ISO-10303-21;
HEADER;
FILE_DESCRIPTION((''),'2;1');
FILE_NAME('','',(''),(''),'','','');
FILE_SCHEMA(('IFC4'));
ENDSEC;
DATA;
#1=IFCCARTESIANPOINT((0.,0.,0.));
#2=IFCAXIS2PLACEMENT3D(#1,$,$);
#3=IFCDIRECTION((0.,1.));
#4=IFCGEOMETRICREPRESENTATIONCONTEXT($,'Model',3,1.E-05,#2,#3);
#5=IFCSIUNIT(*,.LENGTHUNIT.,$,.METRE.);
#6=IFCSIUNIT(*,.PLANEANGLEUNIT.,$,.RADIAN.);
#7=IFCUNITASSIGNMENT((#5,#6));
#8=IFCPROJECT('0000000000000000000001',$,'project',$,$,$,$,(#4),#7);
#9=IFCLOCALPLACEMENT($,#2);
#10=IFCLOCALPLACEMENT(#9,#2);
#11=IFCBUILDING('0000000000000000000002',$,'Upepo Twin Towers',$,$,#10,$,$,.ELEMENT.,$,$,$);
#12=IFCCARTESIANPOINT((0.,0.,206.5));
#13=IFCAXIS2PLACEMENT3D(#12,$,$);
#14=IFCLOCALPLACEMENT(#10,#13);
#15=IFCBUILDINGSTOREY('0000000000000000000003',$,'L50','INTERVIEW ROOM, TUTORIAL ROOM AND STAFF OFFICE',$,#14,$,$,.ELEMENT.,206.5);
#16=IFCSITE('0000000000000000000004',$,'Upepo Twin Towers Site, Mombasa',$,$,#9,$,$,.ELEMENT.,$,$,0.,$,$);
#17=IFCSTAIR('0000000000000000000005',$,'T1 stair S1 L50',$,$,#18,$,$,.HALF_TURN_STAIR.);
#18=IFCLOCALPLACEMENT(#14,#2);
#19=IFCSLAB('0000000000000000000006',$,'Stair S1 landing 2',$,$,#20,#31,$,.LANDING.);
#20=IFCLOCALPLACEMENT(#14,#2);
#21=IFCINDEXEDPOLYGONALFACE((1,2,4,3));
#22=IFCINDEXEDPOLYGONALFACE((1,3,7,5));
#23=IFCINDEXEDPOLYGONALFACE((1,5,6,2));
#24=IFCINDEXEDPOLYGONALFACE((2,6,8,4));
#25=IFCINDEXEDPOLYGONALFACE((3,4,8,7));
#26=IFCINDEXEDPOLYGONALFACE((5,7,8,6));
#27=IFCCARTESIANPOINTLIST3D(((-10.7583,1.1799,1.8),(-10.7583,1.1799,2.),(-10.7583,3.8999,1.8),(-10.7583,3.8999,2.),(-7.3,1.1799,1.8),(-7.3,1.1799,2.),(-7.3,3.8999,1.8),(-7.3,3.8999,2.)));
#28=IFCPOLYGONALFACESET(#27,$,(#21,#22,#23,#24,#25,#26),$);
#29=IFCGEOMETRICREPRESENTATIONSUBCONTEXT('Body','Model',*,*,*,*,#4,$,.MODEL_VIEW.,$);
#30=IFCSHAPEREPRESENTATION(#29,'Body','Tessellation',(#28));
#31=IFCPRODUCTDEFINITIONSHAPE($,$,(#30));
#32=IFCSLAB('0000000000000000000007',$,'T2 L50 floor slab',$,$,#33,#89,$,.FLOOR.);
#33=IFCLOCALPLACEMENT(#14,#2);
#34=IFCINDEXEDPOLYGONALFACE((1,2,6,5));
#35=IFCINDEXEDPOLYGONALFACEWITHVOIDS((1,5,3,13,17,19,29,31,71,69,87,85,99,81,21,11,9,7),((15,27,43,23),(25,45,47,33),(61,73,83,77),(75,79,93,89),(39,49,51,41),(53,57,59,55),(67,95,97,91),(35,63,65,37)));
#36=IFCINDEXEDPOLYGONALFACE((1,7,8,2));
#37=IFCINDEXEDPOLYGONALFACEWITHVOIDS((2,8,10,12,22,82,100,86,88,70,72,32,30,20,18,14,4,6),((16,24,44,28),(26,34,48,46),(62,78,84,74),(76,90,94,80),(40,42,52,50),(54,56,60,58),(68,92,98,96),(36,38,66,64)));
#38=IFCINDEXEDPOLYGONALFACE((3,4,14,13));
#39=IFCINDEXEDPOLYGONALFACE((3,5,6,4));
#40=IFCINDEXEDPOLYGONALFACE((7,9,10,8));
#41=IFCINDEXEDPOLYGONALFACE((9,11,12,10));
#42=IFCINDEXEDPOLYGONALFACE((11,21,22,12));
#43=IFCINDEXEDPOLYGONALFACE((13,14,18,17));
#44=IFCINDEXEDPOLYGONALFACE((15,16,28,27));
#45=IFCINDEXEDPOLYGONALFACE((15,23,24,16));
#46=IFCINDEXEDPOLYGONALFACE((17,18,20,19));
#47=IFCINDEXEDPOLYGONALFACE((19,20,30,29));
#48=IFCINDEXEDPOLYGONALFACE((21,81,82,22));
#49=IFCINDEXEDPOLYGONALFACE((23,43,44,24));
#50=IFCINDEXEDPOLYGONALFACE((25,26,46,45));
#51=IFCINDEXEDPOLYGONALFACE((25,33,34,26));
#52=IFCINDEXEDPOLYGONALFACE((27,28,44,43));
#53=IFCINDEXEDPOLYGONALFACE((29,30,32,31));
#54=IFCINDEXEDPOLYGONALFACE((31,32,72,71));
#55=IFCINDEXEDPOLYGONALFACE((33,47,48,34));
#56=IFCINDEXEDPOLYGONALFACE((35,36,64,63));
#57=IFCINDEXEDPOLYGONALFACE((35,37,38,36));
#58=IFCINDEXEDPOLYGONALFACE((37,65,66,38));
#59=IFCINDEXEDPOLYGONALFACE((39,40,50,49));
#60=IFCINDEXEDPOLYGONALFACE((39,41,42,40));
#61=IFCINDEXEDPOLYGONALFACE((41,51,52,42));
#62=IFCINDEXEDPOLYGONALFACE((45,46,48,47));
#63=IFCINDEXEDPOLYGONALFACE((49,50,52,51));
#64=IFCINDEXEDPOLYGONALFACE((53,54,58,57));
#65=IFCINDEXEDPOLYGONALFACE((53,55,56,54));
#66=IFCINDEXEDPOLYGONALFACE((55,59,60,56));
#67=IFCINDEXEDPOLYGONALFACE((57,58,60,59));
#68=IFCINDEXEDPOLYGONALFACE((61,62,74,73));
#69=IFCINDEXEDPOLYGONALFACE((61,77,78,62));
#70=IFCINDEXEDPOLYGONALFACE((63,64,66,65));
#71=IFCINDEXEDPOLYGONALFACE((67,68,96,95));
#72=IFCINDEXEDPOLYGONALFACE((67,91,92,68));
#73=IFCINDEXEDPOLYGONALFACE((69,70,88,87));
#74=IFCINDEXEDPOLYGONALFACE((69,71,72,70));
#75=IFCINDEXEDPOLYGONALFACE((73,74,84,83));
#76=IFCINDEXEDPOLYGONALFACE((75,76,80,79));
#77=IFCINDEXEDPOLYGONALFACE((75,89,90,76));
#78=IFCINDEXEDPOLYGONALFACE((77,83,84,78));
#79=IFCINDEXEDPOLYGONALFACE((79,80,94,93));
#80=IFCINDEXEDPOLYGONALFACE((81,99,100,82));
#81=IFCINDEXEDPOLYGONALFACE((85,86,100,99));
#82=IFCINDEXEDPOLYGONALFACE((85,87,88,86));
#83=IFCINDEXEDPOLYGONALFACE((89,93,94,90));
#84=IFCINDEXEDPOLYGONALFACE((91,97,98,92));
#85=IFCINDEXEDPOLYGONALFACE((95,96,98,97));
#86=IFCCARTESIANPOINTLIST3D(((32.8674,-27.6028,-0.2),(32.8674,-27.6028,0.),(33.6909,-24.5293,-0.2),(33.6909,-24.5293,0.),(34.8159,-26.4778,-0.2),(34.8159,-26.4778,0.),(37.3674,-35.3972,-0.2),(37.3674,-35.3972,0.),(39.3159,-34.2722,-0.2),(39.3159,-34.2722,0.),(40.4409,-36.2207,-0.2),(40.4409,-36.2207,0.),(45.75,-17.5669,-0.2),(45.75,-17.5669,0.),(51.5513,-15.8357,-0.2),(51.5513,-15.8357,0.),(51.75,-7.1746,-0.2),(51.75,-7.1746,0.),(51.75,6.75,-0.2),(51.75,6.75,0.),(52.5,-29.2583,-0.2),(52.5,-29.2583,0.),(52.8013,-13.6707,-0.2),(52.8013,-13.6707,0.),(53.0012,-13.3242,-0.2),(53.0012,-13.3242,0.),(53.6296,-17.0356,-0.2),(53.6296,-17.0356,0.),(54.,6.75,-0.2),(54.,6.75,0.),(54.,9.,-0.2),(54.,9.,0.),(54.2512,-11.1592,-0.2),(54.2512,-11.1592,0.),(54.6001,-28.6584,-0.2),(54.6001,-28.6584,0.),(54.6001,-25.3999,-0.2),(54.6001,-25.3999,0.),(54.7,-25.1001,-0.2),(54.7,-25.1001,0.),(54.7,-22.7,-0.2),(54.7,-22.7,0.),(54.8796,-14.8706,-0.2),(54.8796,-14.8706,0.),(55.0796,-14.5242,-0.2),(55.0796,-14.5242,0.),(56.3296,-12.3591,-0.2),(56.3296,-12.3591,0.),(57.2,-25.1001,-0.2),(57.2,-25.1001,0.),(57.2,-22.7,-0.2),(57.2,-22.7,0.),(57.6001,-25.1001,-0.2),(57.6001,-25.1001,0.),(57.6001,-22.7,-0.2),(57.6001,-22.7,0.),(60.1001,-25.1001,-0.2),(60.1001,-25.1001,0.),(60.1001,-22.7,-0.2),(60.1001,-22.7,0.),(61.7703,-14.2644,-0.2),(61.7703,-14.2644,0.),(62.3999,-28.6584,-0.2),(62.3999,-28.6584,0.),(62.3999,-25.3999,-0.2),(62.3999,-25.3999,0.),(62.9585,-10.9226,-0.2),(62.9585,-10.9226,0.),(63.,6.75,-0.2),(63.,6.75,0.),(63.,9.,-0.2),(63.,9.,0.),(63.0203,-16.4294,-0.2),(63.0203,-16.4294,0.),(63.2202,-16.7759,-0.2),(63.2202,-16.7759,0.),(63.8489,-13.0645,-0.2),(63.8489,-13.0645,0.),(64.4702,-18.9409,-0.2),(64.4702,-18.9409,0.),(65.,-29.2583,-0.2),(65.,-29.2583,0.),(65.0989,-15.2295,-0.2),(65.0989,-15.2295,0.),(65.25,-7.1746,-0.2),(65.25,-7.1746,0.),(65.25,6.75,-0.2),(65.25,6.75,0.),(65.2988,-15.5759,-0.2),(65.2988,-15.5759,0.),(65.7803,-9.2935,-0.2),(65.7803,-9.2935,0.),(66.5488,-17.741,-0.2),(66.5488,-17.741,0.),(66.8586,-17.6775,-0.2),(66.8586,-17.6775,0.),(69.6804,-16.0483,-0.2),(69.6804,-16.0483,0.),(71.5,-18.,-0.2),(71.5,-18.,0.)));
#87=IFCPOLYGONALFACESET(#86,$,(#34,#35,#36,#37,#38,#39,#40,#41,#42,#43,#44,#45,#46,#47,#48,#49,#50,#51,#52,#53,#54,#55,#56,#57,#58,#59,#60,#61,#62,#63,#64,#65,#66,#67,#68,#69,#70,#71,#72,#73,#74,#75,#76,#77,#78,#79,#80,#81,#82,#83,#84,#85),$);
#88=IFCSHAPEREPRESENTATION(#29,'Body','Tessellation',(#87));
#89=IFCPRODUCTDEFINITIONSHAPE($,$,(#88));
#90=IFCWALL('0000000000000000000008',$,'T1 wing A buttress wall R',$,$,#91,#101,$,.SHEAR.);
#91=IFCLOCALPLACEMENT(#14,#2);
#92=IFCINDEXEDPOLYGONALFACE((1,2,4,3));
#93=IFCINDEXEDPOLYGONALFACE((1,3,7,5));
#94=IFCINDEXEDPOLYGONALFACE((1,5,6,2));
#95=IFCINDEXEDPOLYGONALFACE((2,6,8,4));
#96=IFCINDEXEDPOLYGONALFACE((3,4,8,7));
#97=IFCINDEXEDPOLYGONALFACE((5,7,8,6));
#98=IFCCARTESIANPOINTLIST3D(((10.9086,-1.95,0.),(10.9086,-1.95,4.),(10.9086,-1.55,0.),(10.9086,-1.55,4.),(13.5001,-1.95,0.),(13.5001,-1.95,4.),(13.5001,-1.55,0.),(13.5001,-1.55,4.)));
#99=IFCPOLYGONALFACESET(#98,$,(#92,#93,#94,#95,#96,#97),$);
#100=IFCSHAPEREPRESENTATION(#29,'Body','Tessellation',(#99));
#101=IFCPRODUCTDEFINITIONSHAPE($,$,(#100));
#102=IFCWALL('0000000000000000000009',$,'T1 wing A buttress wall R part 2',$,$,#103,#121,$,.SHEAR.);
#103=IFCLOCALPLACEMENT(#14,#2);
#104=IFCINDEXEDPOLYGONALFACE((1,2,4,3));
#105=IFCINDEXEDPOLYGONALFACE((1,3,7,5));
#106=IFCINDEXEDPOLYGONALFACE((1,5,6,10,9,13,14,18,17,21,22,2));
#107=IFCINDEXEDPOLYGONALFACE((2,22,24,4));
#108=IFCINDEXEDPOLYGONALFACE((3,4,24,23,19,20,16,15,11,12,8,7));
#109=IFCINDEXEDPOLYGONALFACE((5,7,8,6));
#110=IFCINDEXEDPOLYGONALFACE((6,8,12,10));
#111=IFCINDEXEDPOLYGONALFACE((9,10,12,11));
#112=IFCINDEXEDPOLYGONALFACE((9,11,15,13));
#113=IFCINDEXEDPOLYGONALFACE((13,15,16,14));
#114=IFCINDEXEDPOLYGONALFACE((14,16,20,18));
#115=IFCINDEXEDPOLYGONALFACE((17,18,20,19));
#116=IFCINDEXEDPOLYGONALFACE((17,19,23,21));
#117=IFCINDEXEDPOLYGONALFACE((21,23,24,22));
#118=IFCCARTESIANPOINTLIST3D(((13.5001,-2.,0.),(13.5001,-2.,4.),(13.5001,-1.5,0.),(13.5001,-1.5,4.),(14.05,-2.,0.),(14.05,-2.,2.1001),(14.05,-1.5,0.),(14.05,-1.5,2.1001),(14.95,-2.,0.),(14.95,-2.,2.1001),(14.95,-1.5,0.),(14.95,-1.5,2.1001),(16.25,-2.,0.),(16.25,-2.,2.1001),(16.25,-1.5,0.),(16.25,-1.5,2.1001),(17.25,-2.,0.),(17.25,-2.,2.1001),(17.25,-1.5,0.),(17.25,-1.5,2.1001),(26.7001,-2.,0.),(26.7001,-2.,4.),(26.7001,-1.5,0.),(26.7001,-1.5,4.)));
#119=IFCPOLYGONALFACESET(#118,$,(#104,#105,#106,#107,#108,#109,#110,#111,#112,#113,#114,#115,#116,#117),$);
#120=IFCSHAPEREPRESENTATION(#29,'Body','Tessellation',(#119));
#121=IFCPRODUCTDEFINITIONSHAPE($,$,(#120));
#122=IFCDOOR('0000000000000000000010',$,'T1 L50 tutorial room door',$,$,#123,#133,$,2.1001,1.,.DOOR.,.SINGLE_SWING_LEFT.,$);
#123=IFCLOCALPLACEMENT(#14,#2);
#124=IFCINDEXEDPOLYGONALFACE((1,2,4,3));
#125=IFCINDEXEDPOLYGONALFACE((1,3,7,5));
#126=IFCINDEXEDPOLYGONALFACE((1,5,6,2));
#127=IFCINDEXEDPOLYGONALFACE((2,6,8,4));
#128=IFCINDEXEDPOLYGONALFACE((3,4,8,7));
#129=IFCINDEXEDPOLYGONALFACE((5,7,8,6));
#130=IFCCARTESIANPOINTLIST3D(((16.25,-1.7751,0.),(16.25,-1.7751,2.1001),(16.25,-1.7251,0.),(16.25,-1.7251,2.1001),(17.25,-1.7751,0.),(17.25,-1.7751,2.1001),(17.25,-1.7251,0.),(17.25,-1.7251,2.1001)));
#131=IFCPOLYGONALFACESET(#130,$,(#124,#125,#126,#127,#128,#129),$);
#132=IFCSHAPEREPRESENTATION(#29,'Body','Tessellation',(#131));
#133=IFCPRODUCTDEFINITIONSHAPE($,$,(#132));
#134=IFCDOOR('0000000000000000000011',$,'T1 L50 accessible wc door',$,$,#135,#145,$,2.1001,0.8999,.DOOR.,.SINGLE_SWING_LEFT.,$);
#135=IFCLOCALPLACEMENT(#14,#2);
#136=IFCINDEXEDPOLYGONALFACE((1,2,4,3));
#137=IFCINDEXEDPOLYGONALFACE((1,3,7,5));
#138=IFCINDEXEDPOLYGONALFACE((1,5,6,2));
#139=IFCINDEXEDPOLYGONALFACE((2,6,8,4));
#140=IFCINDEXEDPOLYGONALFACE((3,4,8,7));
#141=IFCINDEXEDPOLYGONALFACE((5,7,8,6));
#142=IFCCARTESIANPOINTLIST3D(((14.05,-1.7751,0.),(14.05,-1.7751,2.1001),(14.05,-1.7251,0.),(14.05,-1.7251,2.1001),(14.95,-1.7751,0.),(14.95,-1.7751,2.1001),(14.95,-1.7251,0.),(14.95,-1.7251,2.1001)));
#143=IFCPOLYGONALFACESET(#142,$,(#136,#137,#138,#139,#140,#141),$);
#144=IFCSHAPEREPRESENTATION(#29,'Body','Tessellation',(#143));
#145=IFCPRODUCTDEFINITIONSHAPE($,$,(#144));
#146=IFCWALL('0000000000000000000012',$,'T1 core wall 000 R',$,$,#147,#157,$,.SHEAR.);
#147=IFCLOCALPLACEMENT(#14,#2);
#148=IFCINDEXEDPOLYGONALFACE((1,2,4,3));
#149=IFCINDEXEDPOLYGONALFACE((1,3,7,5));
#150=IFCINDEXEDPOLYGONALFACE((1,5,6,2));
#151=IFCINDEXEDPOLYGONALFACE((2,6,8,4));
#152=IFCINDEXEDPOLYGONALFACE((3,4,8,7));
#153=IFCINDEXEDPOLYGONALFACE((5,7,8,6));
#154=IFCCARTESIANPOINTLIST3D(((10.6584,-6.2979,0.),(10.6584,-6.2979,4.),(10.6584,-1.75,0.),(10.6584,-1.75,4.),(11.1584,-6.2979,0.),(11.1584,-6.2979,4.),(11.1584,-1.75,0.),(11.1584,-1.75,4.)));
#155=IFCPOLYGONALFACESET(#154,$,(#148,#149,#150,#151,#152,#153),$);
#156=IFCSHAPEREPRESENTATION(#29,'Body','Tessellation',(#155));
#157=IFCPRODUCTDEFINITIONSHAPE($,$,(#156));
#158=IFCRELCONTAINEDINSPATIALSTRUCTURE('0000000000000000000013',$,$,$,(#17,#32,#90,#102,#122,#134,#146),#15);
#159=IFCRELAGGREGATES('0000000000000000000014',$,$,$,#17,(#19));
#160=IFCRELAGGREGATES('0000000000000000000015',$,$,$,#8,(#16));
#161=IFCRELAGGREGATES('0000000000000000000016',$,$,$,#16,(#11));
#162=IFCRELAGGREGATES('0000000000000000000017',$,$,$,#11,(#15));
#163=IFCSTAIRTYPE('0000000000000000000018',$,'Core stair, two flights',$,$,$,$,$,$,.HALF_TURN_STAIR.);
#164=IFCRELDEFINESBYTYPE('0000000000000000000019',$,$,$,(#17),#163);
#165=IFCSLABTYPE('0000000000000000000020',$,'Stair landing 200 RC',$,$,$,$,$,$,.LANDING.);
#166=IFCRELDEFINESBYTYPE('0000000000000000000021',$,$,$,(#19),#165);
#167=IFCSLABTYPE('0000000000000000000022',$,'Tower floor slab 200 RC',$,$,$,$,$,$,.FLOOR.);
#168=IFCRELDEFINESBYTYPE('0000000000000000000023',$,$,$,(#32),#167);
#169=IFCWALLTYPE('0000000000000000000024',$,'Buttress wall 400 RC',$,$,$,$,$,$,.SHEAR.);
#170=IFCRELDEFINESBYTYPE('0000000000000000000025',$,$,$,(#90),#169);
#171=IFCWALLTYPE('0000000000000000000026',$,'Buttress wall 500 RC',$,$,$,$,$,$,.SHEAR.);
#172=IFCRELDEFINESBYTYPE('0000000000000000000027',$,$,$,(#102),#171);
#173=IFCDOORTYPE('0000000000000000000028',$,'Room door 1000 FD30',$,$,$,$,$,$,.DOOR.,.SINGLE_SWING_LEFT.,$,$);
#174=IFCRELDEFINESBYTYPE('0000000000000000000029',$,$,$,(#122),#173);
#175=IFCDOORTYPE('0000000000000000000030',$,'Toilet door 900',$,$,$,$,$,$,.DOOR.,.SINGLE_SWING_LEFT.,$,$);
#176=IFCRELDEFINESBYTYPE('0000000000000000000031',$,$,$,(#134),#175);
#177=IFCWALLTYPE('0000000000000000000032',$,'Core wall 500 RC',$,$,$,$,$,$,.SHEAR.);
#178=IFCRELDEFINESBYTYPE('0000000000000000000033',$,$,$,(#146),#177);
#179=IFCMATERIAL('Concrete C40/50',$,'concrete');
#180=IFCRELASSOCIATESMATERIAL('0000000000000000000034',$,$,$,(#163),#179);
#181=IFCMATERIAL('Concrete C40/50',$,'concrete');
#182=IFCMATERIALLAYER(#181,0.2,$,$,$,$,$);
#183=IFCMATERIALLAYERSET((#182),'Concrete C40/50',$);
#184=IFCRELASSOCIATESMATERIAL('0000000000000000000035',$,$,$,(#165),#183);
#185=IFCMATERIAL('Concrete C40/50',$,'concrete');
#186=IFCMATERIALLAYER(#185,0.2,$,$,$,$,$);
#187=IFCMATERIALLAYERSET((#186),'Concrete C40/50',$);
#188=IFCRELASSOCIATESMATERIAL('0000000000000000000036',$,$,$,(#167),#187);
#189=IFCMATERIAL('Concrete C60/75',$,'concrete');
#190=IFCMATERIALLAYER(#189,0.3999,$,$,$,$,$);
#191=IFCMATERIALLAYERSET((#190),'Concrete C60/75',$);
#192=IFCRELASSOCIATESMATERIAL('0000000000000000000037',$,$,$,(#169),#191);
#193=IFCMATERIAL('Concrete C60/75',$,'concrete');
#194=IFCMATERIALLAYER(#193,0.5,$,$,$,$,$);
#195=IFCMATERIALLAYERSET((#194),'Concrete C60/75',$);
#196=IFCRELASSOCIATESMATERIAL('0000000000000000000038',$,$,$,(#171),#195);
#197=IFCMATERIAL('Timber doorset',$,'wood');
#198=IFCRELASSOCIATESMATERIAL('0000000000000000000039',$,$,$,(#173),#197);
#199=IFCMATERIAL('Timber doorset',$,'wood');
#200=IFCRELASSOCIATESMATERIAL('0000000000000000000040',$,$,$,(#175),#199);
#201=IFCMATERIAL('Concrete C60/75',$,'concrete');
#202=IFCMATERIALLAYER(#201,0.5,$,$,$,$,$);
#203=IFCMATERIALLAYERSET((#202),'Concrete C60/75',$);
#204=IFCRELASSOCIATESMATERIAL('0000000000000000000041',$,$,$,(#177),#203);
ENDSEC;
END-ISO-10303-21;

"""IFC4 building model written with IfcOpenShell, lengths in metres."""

from ifc_helpers import new_model, si_unit, direction, frame, frame_2d, origin, place, context, subcontext, project, spatial, polyline, rectangle, outline, extrude, material, layer, layer_set, type_object, element, fill, aggregate, save


model = new_model("IFC4")

# Units and contexts
model_context = context("Model", 3, precision=1e-05, world=origin(), true_north=direction((0.0, 1.0)))
body_context = subcontext(model_context, "Body", "Model", "MODEL_VIEW")
ifc_project = project(units=[si_unit("LENGTHUNIT", "METRE"), si_unit("PLANEANGLEUNIT", "RADIAN")], contexts=[model_context])

# Site, building, storey
site_placement = place(None, origin())
site = spatial("IfcSite", under=ifc_project, at=site_placement, Name="Upepo Twin Towers Site, Mombasa", CompositionType="ELEMENT", RefElevation=0.0)
building_placement = place(site_placement, origin())
building = spatial("IfcBuilding", under=site, at=building_placement, Name="Upepo Twin Towers", CompositionType="ELEMENT")
storey_placement = place(building_placement, frame((0.0, 0.0, 206.5)))
storey = spatial("IfcBuildingStorey", under=building, at=storey_placement, Name="L50", Description="INTERVIEW ROOM, TUTORIAL ROOM AND STAFF OFFICE", CompositionType="ELEMENT", Elevation=206.5)

# Stair, slab
ifc_material_1 = material(Name="Concrete C40/50", Category="concrete")
stair_type = type_object("IfcStairType", Name="Core stair, two flights", PredefinedType="HALF_TURN_STAIR", material=ifc_material_1)
stair_1_placement = place(storey_placement, origin())
stair_1 = element("IfcStair", 1, at=stair_1_placement, inside=storey, type_object=stair_type, Name="T1 stair S1 L50", PredefinedType="HALF_TURN_STAIR")
ifc_material_2 = material(Name="Concrete C40/50", Category="concrete")
ifc_layer_1 = layer(ifc_material_2, 0.2)
ifc_layer_set_1 = layer_set([ifc_layer_1], Name="Concrete C40/50")
slab_type_1 = type_object("IfcSlabType", Name="Stair landing 200 RC", PredefinedType="LANDING", material=ifc_layer_set_1)
slab_1_placement = place(storey_placement, frame((0.0, 0.0, 1.8)))
slab_1 = element("IfcSlab", 2, at=slab_1_placement, type_object=slab_type_1, Name="Stair S1 landing 2", PredefinedType="LANDING", context=body_context, shape_type="SweptSolid", body=[
    extrude(outline(polyline([(-7.3, 3.8999), (-10.7583, 3.8999), (-10.7583, 1.1799), (-7.3, 1.1799), (-7.3, 3.8999)])), origin(), (0.0, 0.0, 1.0), 0.2),
])
aggregate(stair_1, [slab_1])

# Slab
ifc_material_3 = material(Name="Concrete C40/50", Category="concrete")
ifc_layer_2 = layer(ifc_material_3, 0.2)
ifc_layer_set_2 = layer_set([ifc_layer_2], Name="Concrete C40/50")
slab_type_2 = type_object("IfcSlabType", Name="Tower floor slab 200 RC", PredefinedType="FLOOR", material=ifc_layer_set_2)
slab_2_placement = place(storey_placement, frame((0.0, 0.0, -0.2)))
element("IfcSlab", 3, at=slab_2_placement, inside=storey, type_object=slab_type_2, Name="T2 L50 floor slab", PredefinedType="FLOOR", context=body_context, shape_type="SweptSolid", body=[
    extrude(outline(polyline([(51.75, -7.1746), (51.75, 6.75), (54.0, 6.75), (54.0, 9.0), (63.0, 9.0), (63.0, 6.75), (65.25, 6.75), (65.25, -7.1746), (71.5, -18.0), (65.0, -29.2583), (52.5, -29.2583), (40.4409, -36.2207), (39.3159, -34.2722), (37.3674, -35.3972), (32.8674, -27.6028), (34.8159, -26.4778), (33.6909, -24.5293), (45.75, -17.5669), (51.75, -7.1746)]), holes=[polyline([(56.3296, -12.3591), (54.2512, -11.1592), (53.0012, -13.3242), (55.0796, -14.5242), (56.3296, -12.3591)]), polyline([(54.8796, -14.8706), (52.8013, -13.6707), (51.5513, -15.8357), (53.6296, -17.0356), (54.8796, -14.8706)]), polyline([(54.7, -22.7), (54.7, -25.1001), (57.2, -25.1001), (57.2, -22.7), (54.7, -22.7)]), polyline([(57.6001, -22.7), (57.6001, -25.1001), (60.1001, -25.1001), (60.1001, -22.7), (57.6001, -22.7)]), polyline([(54.6001, -25.3999), (54.6001, -28.6584), (62.3999, -28.6584), (62.3999, -25.3999), (54.6001, -25.3999)]), polyline([(64.4702, -18.9409), (66.5488, -17.741), (65.2988, -15.5759), (63.2202, -16.7759), (64.4702, -18.9409)]), polyline([(63.0203, -16.4294), (65.0989, -15.2295), (63.8489, -13.0645), (61.7703, -14.2644), (63.0203, -16.4294)]), polyline([(66.8586, -17.6775), (69.6804, -16.0483), (65.7803, -9.2935), (62.9585, -10.9226), (66.8586, -17.6775)])]), origin(), (0.0, 0.0, 1.0), 0.2),
])

# Wall
ifc_material_4 = material(Name="Concrete C60/75", Category="concrete")
ifc_layer_3 = layer(ifc_material_4, 0.3999)
ifc_layer_set_3 = layer_set([ifc_layer_3], Name="Concrete C60/75")
wall_type_1 = type_object("IfcWallType", Name="Buttress wall 400 RC", PredefinedType="SHEAR", material=ifc_layer_set_3)
wall_1_placement = place(storey_placement, frame((10.9084, -1.75, 0.0), z_axis=(0.0, 0.0, 1.0), x_axis=(1.0, 0.0, 0.0)))
element("IfcWall", 4, at=wall_1_placement, inside=storey, type_object=wall_type_1, Name="T1 wing A buttress wall R", PredefinedType="SHEAR", context=body_context, shape_type="SweptSolid", body=[
    extrude(rectangle(XDim=2.5916, YDim=0.3999, at=frame_2d((1.2959, 0.0))), origin(), (0.0, 0.0, 1.0), 4.0),
])

# Wall, openings, doors
ifc_material_5 = material(Name="Concrete C60/75", Category="concrete")
ifc_layer_4 = layer(ifc_material_5, 0.5)
ifc_layer_set_4 = layer_set([ifc_layer_4], Name="Concrete C60/75")
wall_type_2 = type_object("IfcWallType", Name="Buttress wall 500 RC", PredefinedType="SHEAR", material=ifc_layer_set_4)
wall_2_placement = place(storey_placement, frame((13.5, -1.75, 0.0), z_axis=(0.0, 0.0, 1.0), x_axis=(1.0, 0.0, 0.0)))
wall_2 = element("IfcWall", 5, at=wall_2_placement, inside=storey, type_object=wall_type_2, Name="T1 wing A buttress wall R part 2", PredefinedType="SHEAR", context=body_context, shape_type="SweptSolid", body=[
    extrude(rectangle(XDim=13.2, YDim=0.5, at=frame_2d((6.6001, 0.0))), origin(), (0.0, 0.0, 1.0), 4.0),
])
opening_1_placement = place(wall_2_placement, frame((0.55, 0.0, 0.0)))
opening_1 = element("IfcOpeningElement", 6, at=opening_1_placement, cuts=wall_2, PredefinedType="OPENING", context=body_context, shape_type="SweptSolid", body=[
    extrude(rectangle(XDim=0.8999, YDim=2.1001, at=frame_2d((0.45, 1.05))), frame((0.0, 0.26, 0.0), z_axis=(0.0, -1.0, 0.0), x_axis=(1.0, 0.0, 0.0)), (0.0, 0.0, 1.0), 0.52),
])
opening_2_placement = place(wall_2_placement, frame((2.75, 0.0, 0.0)))
opening_2 = element("IfcOpeningElement", 7, at=opening_2_placement, cuts=wall_2, PredefinedType="OPENING", context=body_context, shape_type="SweptSolid", body=[
    extrude(rectangle(XDim=1.0, YDim=2.1001, at=frame_2d((0.5, 1.05))), frame((0.0, 0.26, 0.0), z_axis=(0.0, -1.0, 0.0), x_axis=(1.0, 0.0, 0.0)), (0.0, 0.0, 1.0), 0.52),
])
ifc_material_6 = material(Name="Timber doorset", Category="wood")
door_type_1 = type_object("IfcDoorType", Name="Room door 1000 FD30", OperationType="SINGLE_SWING_LEFT", PredefinedType="DOOR", material=ifc_material_6)
door_1_placement = place(opening_2_placement, origin())
door_1 = element("IfcDoor", 8, at=door_1_placement, inside=storey, type_object=door_type_1, Name="T1 L50 tutorial room door", OperationType="SINGLE_SWING_LEFT", OverallHeight=2.1001, OverallWidth=1.0, PredefinedType="DOOR", context=body_context, shape_type="SweptSolid", body=[
    extrude(rectangle(XDim=1.0, YDim=2.1001, at=frame_2d((0.5, 1.05))), frame((0.0, 0.0249, 0.0), z_axis=(0.0, -1.0, 0.0), x_axis=(1.0, 0.0, 0.0)), (0.0, 0.0, 1.0), 0.05),
])
fill(opening_2, door_1)
ifc_material_7 = material(Name="Timber doorset", Category="wood")
door_type_2 = type_object("IfcDoorType", Name="Toilet door 900", OperationType="SINGLE_SWING_LEFT", PredefinedType="DOOR", material=ifc_material_7)
door_2_placement = place(opening_1_placement, origin())
door_2 = element("IfcDoor", 9, at=door_2_placement, inside=storey, type_object=door_type_2, Name="T1 L50 accessible wc door", OperationType="SINGLE_SWING_LEFT", OverallHeight=2.1001, OverallWidth=0.8999, PredefinedType="DOOR", context=body_context, shape_type="SweptSolid", body=[
    extrude(rectangle(XDim=0.8999, YDim=2.1001, at=frame_2d((0.45, 1.05))), frame((0.0, 0.0249, 0.0), z_axis=(0.0, -1.0, 0.0), x_axis=(1.0, 0.0, 0.0)), (0.0, 0.0, 1.0), 0.05),
])
fill(opening_1, door_2)

# Wall
ifc_material_8 = material(Name="Concrete C60/75", Category="concrete")
ifc_layer_5 = layer(ifc_material_8, 0.5)
ifc_layer_set_5 = layer_set([ifc_layer_5], Name="Concrete C60/75")
wall_type_3 = type_object("IfcWallType", Name="Core wall 500 RC", PredefinedType="SHEAR", material=ifc_layer_set_5)
wall_3_placement = place(storey_placement, frame((10.9084, -6.2979, 0.0), z_axis=(0.0, 0.0, 1.0), x_axis=(0.0, 1.0, 0.0)))
element("IfcWall", 10, at=wall_3_placement, inside=storey, type_object=wall_type_3, Name="T1 core wall 000 R", PredefinedType="SHEAR", context=body_context, shape_type="SweptSolid", body=[
    extrude(rectangle(XDim=4.5479, YDim=0.5, at=frame_2d((2.2739, 0.0))), origin(), (0.0, 0.0, 1.0), 4.0),
])

save(model, "model.ifc")
